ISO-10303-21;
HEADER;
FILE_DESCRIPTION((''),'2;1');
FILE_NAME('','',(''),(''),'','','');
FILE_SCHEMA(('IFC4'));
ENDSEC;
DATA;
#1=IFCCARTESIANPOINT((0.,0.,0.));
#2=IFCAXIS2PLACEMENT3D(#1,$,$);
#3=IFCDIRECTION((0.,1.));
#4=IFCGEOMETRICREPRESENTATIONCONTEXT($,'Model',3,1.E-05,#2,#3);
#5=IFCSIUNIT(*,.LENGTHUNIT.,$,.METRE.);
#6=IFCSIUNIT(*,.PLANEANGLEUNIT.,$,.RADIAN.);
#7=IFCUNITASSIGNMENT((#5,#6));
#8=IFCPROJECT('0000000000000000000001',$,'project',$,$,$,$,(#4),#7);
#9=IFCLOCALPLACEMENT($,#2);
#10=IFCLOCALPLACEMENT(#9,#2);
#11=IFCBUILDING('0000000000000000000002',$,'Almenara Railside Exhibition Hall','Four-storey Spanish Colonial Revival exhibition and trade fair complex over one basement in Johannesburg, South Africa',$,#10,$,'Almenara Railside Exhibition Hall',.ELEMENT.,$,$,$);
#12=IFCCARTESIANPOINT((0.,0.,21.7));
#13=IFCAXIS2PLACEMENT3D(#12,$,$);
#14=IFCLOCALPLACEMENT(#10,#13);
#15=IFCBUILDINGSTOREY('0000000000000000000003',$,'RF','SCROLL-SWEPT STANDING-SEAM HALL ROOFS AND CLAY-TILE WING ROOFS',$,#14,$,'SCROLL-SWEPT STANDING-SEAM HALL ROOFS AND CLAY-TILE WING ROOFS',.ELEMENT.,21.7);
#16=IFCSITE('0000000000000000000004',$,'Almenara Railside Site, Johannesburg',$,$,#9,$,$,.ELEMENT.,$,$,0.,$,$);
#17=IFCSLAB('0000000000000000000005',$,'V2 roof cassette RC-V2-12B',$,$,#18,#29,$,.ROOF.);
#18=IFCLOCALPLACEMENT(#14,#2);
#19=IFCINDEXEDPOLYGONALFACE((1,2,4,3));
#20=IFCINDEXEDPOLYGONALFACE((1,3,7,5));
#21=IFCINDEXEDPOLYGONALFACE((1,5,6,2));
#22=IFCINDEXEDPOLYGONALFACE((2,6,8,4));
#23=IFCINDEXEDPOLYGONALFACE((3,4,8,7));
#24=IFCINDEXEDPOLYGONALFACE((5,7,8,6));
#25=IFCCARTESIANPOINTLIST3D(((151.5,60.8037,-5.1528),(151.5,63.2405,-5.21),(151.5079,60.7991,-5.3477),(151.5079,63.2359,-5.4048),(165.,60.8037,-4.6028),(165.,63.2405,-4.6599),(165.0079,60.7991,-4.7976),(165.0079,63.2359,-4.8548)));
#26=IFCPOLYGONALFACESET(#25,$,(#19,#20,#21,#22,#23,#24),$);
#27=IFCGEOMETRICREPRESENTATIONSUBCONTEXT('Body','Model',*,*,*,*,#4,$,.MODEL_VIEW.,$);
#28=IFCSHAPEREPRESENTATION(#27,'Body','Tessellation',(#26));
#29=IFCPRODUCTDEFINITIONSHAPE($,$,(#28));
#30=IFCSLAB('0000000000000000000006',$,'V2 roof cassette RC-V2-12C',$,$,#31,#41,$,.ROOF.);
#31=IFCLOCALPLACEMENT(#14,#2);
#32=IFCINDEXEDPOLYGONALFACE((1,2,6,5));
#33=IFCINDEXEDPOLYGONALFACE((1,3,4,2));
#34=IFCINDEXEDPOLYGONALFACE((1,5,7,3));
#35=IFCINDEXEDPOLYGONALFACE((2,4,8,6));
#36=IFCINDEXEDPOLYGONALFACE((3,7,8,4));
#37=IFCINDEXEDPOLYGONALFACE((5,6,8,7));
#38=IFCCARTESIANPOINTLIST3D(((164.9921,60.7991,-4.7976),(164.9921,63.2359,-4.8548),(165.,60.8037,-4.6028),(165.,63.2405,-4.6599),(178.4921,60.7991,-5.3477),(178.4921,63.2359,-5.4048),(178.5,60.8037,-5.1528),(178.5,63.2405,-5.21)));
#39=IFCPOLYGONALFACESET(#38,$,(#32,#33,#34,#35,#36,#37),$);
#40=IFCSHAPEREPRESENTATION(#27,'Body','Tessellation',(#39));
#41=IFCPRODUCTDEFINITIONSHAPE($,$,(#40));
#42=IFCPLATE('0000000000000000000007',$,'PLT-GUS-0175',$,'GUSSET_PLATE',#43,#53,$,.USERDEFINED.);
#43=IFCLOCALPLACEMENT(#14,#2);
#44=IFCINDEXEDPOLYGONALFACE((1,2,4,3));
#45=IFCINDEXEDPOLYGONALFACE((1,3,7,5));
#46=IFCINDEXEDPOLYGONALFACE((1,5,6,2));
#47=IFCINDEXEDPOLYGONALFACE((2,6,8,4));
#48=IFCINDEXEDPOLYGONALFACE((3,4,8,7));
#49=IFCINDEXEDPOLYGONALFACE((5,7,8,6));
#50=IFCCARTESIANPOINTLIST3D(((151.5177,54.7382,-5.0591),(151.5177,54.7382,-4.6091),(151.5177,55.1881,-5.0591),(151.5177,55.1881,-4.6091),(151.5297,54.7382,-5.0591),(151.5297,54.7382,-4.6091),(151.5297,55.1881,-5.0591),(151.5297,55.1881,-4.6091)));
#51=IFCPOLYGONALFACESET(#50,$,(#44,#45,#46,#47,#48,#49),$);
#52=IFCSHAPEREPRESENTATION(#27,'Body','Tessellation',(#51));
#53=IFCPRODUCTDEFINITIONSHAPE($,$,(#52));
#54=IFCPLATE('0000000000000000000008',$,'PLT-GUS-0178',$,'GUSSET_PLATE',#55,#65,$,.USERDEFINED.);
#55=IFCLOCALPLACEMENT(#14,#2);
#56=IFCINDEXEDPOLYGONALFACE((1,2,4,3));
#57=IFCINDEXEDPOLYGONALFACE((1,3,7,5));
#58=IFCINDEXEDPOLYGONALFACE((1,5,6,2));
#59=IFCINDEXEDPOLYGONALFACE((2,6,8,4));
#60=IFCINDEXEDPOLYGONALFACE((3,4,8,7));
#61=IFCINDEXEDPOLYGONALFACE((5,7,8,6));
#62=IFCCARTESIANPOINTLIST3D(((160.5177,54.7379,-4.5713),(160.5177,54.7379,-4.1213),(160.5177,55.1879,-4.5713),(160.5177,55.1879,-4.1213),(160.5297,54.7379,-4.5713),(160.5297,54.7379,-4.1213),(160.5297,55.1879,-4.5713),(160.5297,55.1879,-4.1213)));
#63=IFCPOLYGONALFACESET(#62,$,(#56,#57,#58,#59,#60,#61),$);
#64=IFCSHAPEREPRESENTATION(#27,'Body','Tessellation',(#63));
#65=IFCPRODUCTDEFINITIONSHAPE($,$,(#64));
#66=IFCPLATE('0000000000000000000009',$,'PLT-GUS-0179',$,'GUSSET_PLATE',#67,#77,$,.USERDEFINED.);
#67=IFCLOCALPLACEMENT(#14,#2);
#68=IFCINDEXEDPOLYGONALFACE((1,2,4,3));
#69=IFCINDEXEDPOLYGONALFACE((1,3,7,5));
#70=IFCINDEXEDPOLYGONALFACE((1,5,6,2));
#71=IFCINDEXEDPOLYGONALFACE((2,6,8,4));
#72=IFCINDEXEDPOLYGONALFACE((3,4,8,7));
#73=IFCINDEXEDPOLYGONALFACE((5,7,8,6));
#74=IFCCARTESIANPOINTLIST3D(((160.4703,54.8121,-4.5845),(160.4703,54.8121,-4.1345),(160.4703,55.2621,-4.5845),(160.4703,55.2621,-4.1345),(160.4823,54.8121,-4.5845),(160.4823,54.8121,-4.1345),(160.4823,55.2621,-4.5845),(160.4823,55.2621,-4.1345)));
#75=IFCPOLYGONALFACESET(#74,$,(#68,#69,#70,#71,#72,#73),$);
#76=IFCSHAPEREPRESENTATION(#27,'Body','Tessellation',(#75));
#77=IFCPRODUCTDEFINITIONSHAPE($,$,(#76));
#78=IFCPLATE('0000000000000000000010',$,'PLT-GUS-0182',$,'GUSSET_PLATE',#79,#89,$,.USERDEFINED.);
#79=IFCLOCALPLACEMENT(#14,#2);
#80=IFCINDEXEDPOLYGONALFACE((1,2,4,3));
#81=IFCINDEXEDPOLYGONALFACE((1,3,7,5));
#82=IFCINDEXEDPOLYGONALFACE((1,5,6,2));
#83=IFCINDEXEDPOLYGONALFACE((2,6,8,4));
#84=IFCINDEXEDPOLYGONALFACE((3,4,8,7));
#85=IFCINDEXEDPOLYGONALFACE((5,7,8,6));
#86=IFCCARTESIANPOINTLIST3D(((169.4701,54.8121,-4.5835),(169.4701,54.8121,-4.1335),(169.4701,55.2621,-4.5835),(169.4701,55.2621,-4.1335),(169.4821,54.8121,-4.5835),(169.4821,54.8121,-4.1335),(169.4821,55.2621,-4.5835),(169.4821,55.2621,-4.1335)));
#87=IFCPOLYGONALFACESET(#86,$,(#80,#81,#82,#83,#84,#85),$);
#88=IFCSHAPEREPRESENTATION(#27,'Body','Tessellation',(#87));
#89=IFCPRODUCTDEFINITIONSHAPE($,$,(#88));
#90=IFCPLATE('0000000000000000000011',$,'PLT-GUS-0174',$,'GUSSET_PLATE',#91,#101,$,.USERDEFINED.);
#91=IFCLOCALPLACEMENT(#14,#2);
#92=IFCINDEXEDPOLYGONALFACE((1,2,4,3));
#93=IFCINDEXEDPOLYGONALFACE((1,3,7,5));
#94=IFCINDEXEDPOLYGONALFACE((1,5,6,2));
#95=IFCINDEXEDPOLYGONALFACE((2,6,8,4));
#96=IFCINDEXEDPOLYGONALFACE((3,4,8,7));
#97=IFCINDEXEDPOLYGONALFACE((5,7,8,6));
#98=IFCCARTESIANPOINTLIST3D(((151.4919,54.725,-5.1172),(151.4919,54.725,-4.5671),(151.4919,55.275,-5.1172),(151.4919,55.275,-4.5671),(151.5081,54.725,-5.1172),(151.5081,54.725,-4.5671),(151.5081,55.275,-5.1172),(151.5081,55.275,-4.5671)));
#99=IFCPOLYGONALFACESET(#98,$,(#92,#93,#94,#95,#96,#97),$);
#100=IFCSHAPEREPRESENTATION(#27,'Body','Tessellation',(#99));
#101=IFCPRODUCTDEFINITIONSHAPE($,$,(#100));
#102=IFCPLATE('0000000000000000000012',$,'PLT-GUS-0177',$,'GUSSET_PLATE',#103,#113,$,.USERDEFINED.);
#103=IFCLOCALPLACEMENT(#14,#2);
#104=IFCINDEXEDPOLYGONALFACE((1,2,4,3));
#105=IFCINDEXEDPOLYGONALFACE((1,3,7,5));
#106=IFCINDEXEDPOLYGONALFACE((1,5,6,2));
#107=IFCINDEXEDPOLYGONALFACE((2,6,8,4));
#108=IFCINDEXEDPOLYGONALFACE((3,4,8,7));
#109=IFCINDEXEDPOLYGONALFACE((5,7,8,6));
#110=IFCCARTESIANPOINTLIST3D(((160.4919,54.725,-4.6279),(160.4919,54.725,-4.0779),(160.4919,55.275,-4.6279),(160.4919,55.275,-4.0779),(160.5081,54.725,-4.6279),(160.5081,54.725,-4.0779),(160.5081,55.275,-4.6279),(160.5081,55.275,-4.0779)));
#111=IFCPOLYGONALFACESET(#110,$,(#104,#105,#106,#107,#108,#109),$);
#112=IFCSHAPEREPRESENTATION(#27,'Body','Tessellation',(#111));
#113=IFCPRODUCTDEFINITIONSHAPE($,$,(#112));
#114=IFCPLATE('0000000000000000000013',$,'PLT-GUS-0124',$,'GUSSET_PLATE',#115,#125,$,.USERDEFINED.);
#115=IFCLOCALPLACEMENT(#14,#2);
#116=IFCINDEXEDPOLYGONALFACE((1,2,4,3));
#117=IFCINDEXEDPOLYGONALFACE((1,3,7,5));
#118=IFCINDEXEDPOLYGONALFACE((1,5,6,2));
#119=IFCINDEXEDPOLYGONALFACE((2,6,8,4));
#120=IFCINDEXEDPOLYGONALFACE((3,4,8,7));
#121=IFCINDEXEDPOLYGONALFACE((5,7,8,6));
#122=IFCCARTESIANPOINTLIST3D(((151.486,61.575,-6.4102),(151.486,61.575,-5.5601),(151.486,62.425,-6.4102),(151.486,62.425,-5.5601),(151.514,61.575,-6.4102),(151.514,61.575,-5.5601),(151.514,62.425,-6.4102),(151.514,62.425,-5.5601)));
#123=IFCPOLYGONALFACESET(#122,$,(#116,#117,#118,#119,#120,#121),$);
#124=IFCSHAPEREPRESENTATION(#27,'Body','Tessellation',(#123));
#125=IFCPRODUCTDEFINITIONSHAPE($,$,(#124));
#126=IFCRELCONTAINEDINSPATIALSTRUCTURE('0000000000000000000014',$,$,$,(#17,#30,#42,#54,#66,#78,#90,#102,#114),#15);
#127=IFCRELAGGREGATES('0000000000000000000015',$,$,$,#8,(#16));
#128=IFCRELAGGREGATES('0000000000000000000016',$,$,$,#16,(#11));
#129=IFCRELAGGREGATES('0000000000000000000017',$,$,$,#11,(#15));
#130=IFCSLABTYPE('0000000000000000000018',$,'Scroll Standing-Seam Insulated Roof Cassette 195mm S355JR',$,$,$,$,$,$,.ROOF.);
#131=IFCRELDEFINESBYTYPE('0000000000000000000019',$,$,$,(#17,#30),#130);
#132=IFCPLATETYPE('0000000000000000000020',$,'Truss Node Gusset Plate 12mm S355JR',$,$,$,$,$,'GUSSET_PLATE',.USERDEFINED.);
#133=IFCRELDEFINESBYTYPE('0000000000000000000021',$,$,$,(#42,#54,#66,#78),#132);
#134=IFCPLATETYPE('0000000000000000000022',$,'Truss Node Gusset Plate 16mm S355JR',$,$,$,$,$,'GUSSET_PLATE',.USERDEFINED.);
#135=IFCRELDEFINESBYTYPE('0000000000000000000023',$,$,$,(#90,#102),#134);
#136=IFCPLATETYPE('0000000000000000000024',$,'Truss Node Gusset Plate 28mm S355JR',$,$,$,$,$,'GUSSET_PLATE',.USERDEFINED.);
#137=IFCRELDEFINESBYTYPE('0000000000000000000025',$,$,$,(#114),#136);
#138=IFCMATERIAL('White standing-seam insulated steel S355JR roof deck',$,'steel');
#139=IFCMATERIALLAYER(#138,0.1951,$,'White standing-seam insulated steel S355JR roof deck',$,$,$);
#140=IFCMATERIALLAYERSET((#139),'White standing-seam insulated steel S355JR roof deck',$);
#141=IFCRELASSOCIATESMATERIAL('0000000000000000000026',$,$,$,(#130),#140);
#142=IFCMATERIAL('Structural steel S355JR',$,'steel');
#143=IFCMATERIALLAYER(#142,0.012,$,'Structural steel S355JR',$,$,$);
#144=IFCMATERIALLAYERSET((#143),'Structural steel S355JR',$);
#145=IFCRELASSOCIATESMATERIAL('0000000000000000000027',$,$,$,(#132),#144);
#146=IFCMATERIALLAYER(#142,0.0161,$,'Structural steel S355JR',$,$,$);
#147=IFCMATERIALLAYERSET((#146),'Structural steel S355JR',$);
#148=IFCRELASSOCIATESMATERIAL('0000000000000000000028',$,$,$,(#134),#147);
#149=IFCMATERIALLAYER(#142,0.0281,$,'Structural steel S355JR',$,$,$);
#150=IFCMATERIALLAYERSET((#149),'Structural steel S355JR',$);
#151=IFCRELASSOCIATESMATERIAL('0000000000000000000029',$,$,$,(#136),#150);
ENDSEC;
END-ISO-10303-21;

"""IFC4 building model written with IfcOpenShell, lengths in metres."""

from ifc_helpers import new_model, si_unit, direction, frame, origin, origin_2d, place, context, subcontext, project, spatial, polyline, rectangle, outline, extrude, material, layer, layer_set, type_object, element, save


model = new_model("IFC4")

# Units and contexts
model_context = context("Model", 3, precision=1e-05, world=origin(), true_north=direction((0.0, 1.0)))
body_context = subcontext(model_context, "Body", "Model", "MODEL_VIEW")
ifc_project = project(units=[si_unit("LENGTHUNIT", "METRE"), si_unit("PLANEANGLEUNIT", "RADIAN")], contexts=[model_context])

# Site, building, storey
site_placement = place(None, origin())
site = spatial("IfcSite", under=ifc_project, at=site_placement, Name="Almenara Railside Site, Johannesburg", CompositionType="ELEMENT", RefElevation=0.0)
building_placement = place(site_placement, origin())
building = spatial("IfcBuilding", under=site, at=building_placement, Name="Almenara Railside Exhibition Hall", Description="Four-storey Spanish Colonial Revival exhibition and trade fair complex over one basement in Johannesburg, South Africa", LongName="Almenara Railside Exhibition Hall", CompositionType="ELEMENT")
storey_placement = place(building_placement, frame((0.0, 0.0, 21.7)))
storey = spatial("IfcBuildingStorey", under=building, at=storey_placement, Name="RF", Description="SCROLL-SWEPT STANDING-SEAM HALL ROOFS AND CLAY-TILE WING ROOFS", LongName="SCROLL-SWEPT STANDING-SEAM HALL ROOFS AND CLAY-TILE WING ROOFS", CompositionType="ELEMENT", Elevation=21.7)

# Shared definitions
ifc_material_1 = material(Name="Structural steel S355JR", Category="steel")

# Slabs
ifc_material_2 = material(Name="White standing-seam insulated steel S355JR roof deck", Category="steel")
ifc_layer_1 = layer(ifc_material_2, 0.1951, Name="White standing-seam insulated steel S355JR roof deck")
ifc_layer_set_1 = layer_set([ifc_layer_1], Name="White standing-seam insulated steel S355JR roof deck")
slab_type = type_object("IfcSlabType", Name="Scroll Standing-Seam Insulated Roof Cassette 195mm S355JR", PredefinedType="ROOF", material=ifc_layer_set_1)
slab_1_placement = place(storey_placement, frame((151.5, 60.8037, -5.1528), z_axis=(-0.040699, 0.023419, 0.998897), x_axis=(0.999171, 0.0, 0.040711)))
element("IfcSlab", 1, at=slab_1_placement, inside=storey, type_object=slab_type, Name="V2 roof cassette RC-V2-12B", PredefinedType="ROOF", context=body_context, shape_type="SweptSolid", body=[
    extrude(outline(polyline([(0.0, 0.0), (13.5112, 0.0), (13.5089, 2.4374), (-0.0023, 2.4374), (0.0, 0.0)])), origin(), (0.0, 0.0, -1.0), 0.1951),
])
slab_2_placement = place(storey_placement, frame((165.0, 60.8037, -4.6028), z_axis=(0.040699, 0.023419, 0.998897), x_axis=(0.999171, 0.0, -0.040711)))
element("IfcSlab", 2, at=slab_2_placement, inside=storey, type_object=slab_type, Name="V2 roof cassette RC-V2-12C", PredefinedType="ROOF", context=body_context, shape_type="SweptSolid", body=[
    extrude(outline(polyline([(0.0, 0.0), (13.5112, 0.0), (13.5135, 2.4374), (0.0023, 2.4374), (0.0, 0.0)])), origin(), (0.0, 0.0, -1.0), 0.1951),
])

# Plates
ifc_layer_2 = layer(ifc_material_1, 0.012, Name="Structural steel S355JR")
ifc_layer_set_2 = layer_set([ifc_layer_2], Name="Structural steel S355JR")
plate_type_1 = type_object("IfcPlateType", Name="Truss Node Gusset Plate 12mm S355JR", ElementType="GUSSET_PLATE", PredefinedType="USERDEFINED", material=ifc_layer_set_2)
for number, where, z_axis, x_axis, name in (
    (3, (151.5237, 54.9631, -5.0591), (0.0, 0.0, 1.0), (0.0, 1.0, 0.0), "PLT-GUS-0175"),
    (4, (160.5237, 54.9629, -4.5713), (0.0, 0.0, 1.0), (0.0, 1.0, 0.0), "PLT-GUS-0178"),
    (5, (160.4763, 55.0371, -4.5845), (0.0, 0.0, 1.0), (0.0, 1.0, 0.0), "PLT-GUS-0179"),
    (6, (169.4761, 55.0371, -4.5835), (0.0, 0.0, 1.0), (0.0, 1.0, 0.0), "PLT-GUS-0182"),
):
    element("IfcPlate", number, at=place(storey_placement, frame(where, z_axis=z_axis, x_axis=x_axis)), inside=storey, type_object=plate_type_1, Name=name, ObjectType="GUSSET_PLATE", PredefinedType="USERDEFINED", context=body_context, shape_type="SweptSolid", body=[
        extrude(rectangle(XDim=0.45, YDim=0.012, at=origin_2d()), origin(), (0.0, 0.0, 1.0), 0.45),
    ])
ifc_layer_3 = layer(ifc_material_1, 0.0161, Name="Structural steel S355JR")
ifc_layer_set_3 = layer_set([ifc_layer_3], Name="Structural steel S355JR")
plate_type_2 = type_object("IfcPlateType", Name="Truss Node Gusset Plate 16mm S355JR", ElementType="GUSSET_PLATE", PredefinedType="USERDEFINED", material=ifc_layer_set_3)
for number, where, z_axis, x_axis, name in (
    (7, (151.5, 55.0, -5.1172), (0.0, 0.0, 1.0), (0.0, 1.0, 0.0), "PLT-GUS-0174"),
    (8, (160.5, 55.0, -4.6279), (0.0, 0.0, 1.0), (0.0, 1.0, 0.0), "PLT-GUS-0177"),
):
    element("IfcPlate", number, at=place(storey_placement, frame(where, z_axis=z_axis, x_axis=x_axis)), inside=storey, type_object=plate_type_2, Name=name, ObjectType="GUSSET_PLATE", PredefinedType="USERDEFINED", context=body_context, shape_type="SweptSolid", body=[
        extrude(rectangle(XDim=0.55, YDim=0.0161, at=origin_2d()), origin(), (0.0, 0.0, 1.0), 0.55),
    ])
ifc_layer_4 = layer(ifc_material_1, 0.0281, Name="Structural steel S355JR")
ifc_layer_set_4 = layer_set([ifc_layer_4], Name="Structural steel S355JR")
plate_type_3 = type_object("IfcPlateType", Name="Truss Node Gusset Plate 28mm S355JR", ElementType="GUSSET_PLATE", PredefinedType="USERDEFINED", material=ifc_layer_set_4)
plate_placement = place(storey_placement, frame((151.5, 62.0, -6.4102), z_axis=(0.0, 0.0, 1.0), x_axis=(0.0, 1.0, 0.0)))
element("IfcPlate", 9, at=plate_placement, inside=storey, type_object=plate_type_3, Name="PLT-GUS-0124", ObjectType="GUSSET_PLATE", PredefinedType="USERDEFINED", context=body_context, shape_type="SweptSolid", body=[
    extrude(rectangle(XDim=0.8501, YDim=0.0281, at=origin_2d()), origin(), (0.0, 0.0, 1.0), 0.8501),
])

save(model, "model.ifc")
